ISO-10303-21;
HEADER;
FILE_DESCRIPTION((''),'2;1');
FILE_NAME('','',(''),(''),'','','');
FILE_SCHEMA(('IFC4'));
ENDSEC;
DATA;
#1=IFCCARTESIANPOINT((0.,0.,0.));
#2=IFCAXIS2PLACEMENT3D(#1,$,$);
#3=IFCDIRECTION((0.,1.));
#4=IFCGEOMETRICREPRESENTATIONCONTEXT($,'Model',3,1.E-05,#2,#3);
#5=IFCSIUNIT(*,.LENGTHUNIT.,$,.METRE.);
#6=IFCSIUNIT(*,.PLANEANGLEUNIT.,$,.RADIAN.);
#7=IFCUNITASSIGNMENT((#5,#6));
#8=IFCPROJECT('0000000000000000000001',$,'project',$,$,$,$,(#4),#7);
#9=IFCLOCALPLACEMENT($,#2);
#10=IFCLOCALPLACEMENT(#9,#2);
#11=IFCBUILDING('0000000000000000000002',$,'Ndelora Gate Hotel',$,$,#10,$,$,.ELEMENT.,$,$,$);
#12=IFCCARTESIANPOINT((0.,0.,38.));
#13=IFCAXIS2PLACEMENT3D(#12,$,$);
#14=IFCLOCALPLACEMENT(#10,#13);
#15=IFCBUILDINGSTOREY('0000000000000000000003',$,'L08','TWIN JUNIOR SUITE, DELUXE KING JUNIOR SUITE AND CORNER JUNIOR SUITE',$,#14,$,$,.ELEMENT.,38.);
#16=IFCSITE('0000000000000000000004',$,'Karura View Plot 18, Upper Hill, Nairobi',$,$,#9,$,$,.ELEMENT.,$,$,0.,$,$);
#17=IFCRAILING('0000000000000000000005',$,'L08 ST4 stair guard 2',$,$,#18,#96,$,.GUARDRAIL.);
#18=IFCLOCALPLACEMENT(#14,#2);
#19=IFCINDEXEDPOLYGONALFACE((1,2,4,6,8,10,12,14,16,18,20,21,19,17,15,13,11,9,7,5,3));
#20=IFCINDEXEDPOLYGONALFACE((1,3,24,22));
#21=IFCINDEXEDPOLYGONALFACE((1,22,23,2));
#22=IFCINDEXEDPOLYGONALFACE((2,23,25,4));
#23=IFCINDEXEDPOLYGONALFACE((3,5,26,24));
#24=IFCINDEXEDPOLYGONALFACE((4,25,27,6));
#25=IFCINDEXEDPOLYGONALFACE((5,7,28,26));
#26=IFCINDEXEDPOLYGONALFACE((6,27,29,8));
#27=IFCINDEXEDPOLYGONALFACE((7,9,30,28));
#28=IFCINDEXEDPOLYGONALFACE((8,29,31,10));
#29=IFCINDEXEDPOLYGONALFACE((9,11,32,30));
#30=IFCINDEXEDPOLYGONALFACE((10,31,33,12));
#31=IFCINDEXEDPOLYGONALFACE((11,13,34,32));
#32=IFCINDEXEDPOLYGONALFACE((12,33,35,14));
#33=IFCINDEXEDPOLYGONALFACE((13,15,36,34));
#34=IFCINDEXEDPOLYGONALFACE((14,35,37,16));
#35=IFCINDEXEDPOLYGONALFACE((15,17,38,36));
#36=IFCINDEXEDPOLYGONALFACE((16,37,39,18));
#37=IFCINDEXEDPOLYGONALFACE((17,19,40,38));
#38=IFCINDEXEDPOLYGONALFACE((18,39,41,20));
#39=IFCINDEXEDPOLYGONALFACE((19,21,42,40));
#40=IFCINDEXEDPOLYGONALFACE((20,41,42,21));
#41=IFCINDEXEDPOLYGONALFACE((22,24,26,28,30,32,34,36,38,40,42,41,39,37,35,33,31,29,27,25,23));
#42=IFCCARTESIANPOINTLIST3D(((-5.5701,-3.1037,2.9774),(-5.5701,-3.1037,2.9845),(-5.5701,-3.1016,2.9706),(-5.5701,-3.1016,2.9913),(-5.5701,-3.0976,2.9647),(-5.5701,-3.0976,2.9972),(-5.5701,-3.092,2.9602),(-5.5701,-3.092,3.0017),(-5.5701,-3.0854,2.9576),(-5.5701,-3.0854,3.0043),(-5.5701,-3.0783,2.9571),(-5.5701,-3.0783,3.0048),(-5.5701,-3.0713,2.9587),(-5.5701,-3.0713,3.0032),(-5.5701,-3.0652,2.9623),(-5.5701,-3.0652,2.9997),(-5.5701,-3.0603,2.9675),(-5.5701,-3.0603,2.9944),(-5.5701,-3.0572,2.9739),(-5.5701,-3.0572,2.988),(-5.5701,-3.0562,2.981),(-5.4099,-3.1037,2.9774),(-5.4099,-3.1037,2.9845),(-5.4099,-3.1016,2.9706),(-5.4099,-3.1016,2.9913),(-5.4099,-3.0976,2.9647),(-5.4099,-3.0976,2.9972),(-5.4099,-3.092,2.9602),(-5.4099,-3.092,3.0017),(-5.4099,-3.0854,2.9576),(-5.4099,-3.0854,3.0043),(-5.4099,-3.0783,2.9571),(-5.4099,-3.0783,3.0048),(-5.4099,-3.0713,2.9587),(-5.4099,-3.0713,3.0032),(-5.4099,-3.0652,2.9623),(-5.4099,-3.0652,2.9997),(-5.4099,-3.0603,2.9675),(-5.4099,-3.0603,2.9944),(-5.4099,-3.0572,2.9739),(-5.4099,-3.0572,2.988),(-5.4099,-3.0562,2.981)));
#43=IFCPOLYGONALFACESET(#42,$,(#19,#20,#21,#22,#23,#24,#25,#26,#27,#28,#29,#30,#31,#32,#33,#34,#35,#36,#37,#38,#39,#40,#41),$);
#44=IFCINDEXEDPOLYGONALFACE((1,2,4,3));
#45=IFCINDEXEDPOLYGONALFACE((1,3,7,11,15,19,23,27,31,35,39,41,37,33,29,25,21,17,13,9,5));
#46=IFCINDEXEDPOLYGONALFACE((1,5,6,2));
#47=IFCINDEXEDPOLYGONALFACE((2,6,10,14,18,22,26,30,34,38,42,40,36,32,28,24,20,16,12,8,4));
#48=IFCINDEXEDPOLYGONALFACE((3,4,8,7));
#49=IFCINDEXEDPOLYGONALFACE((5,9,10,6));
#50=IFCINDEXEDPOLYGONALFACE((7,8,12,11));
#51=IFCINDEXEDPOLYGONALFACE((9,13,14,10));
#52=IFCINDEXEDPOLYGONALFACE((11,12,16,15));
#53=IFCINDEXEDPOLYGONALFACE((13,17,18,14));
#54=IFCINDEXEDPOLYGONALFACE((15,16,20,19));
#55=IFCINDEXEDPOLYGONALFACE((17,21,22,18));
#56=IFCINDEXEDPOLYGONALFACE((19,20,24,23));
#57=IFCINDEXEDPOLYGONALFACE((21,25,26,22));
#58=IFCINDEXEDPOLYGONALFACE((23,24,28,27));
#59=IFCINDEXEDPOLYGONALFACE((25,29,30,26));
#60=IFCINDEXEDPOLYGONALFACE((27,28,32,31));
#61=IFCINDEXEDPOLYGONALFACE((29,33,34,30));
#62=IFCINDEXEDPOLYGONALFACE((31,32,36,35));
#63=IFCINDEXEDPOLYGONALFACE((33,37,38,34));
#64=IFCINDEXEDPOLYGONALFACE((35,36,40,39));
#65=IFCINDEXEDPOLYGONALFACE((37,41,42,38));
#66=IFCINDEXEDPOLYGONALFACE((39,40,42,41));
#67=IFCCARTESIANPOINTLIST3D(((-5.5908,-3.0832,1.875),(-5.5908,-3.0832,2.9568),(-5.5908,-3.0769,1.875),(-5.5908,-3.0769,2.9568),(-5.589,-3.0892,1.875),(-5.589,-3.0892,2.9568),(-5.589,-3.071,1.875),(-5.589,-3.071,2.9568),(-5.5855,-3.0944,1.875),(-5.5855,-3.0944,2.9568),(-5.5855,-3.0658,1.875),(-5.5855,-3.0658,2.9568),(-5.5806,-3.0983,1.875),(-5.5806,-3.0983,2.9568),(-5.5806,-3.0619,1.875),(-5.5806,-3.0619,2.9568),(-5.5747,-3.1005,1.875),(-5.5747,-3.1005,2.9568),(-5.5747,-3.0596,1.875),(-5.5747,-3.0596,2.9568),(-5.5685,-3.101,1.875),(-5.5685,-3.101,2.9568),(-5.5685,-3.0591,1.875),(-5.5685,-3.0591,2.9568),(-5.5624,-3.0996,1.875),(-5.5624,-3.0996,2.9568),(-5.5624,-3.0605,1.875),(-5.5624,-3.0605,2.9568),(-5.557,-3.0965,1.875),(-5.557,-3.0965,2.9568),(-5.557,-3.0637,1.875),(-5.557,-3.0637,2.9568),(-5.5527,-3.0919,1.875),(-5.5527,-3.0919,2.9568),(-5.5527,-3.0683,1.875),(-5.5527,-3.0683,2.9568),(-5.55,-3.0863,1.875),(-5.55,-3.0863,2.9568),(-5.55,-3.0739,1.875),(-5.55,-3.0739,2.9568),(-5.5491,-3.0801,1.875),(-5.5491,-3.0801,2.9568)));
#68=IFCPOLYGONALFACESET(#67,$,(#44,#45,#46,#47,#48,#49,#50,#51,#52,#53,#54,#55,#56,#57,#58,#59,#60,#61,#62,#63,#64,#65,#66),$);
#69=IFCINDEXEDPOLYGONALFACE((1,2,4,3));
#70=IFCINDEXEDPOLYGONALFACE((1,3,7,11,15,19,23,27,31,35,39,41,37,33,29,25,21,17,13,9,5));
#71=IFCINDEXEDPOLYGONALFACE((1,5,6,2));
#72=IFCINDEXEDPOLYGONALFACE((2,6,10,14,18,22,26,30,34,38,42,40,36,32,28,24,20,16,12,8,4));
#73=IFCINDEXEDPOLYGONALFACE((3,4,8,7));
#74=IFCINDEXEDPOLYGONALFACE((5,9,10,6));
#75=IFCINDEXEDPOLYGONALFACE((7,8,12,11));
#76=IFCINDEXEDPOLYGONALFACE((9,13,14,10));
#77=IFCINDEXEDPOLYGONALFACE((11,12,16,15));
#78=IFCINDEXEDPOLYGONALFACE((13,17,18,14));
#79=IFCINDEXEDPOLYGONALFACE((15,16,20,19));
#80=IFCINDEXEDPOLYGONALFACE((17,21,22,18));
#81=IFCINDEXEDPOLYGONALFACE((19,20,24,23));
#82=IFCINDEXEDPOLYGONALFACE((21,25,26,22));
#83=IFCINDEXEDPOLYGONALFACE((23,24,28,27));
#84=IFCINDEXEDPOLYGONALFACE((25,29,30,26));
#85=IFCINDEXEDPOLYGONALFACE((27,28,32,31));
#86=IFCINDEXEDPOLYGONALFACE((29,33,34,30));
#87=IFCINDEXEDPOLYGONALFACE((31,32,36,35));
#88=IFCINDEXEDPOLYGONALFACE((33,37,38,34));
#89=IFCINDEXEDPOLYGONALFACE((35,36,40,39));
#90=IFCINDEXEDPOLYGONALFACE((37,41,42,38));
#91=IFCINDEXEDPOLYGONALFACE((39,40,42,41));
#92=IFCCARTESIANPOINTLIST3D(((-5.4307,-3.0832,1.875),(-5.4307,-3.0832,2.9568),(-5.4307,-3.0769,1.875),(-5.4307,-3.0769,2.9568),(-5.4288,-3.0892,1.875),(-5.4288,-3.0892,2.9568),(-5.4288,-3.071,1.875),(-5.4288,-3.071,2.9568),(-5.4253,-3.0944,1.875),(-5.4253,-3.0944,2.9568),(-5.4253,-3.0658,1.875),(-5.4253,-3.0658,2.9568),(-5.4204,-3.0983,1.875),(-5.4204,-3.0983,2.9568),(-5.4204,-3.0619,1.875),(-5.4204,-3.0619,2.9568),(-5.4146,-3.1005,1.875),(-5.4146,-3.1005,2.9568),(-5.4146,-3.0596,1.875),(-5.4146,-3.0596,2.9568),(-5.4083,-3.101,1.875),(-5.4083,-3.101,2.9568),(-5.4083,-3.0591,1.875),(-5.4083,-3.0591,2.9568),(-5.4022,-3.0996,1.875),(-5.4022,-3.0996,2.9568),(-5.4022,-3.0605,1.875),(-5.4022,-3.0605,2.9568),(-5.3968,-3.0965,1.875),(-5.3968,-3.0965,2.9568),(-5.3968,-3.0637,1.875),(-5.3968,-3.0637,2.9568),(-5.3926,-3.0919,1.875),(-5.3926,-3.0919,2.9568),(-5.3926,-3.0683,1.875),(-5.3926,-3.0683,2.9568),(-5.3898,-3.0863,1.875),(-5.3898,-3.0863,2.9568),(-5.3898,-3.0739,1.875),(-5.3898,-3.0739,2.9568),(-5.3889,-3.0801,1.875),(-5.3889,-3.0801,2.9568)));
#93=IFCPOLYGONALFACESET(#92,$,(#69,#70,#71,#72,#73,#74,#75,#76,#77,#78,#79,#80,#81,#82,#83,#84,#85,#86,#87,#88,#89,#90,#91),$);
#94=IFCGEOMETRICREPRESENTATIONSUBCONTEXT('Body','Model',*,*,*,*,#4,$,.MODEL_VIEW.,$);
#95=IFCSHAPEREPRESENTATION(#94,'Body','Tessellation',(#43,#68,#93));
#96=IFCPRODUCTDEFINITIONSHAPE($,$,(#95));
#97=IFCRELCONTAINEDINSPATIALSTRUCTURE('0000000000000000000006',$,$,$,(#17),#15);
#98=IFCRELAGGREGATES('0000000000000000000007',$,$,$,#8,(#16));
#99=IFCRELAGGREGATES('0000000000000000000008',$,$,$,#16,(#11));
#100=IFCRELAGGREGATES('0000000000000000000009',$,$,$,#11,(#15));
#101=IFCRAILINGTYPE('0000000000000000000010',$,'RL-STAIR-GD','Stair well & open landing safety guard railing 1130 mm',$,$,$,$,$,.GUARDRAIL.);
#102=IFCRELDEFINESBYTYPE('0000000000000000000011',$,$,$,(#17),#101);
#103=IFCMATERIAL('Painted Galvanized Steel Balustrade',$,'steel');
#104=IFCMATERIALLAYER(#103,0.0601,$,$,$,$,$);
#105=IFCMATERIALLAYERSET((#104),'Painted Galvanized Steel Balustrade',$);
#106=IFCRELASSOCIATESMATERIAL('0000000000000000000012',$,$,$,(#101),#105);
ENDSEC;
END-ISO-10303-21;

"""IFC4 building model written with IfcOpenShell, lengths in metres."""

from ifc_helpers import new_model, si_unit, direction, frame, origin, origin_2d, place, context, subcontext, project, spatial, circle, extrude, material, layer, layer_set, type_object, element, save


model = new_model("IFC4")

# Units and contexts
model_context = context("Model", 3, precision=1e-05, world=origin(), true_north=direction((0.0, 1.0)))
body_context = subcontext(model_context, "Body", "Model", "MODEL_VIEW")
ifc_project = project(units=[si_unit("LENGTHUNIT", "METRE"), si_unit("PLANEANGLEUNIT", "RADIAN")], contexts=[model_context])

# Site, building, storey
site_placement = place(None, origin())
site = spatial("IfcSite", under=ifc_project, at=site_placement, Name="Karura View Plot 18, Upper Hill, Nairobi", CompositionType="ELEMENT", RefElevation=0.0)
building_placement = place(site_placement, origin())
building = spatial("IfcBuilding", under=site, at=building_placement, Name="Ndelora Gate Hotel", CompositionType="ELEMENT")
storey_placement = place(building_placement, frame((0.0, 0.0, 38.0)))
storey = spatial("IfcBuildingStorey", under=building, at=storey_placement, Name="L08", Description="TWIN JUNIOR SUITE, DELUXE KING JUNIOR SUITE AND CORNER JUNIOR SUITE", CompositionType="ELEMENT", Elevation=38.0)

# Railing
ifc_material_1 = material(Name="Painted Galvanized Steel Balustrade", Category="steel")
ifc_layer_1 = layer(ifc_material_1, 0.0601)
ifc_layer_set_1 = layer_set([ifc_layer_1], Name="Painted Galvanized Steel Balustrade")
railing_type_1 = type_object("IfcRailingType", Name="RL-STAIR-GD", Description="Stair well & open landing safety guard railing 1130 mm", PredefinedType="GUARDRAIL", material=ifc_layer_set_1)
railing_1_placement = place(storey_placement, frame((-5.5701, -3.0801, 1.875)))
element("IfcRailing", 1, at=railing_1_placement, inside=storey, type_object=railing_type_1, Name="L08 ST4 stair guard 2", PredefinedType="GUARDRAIL", context=body_context, shape_type="SweptSolid", body=[
    extrude(circle(Radius=0.0239, at=origin_2d()), frame((0.0, 0.0, 1.106), z_axis=(1.0, 0.0, 0.0), x_axis=(0.0, 1.0, 0.0)), (0.0, 0.0, 1.0), 0.1602),
    extrude(circle(Radius=0.021, at=origin_2d()), origin(), (0.0, 0.0, 1.0), 1.0818),
    extrude(circle(Radius=0.021, at=origin_2d()), frame((0.1602, 0.0, 0.0)), (0.0, 0.0, 1.0), 1.0818),
])

save(model, "model.ifc")
